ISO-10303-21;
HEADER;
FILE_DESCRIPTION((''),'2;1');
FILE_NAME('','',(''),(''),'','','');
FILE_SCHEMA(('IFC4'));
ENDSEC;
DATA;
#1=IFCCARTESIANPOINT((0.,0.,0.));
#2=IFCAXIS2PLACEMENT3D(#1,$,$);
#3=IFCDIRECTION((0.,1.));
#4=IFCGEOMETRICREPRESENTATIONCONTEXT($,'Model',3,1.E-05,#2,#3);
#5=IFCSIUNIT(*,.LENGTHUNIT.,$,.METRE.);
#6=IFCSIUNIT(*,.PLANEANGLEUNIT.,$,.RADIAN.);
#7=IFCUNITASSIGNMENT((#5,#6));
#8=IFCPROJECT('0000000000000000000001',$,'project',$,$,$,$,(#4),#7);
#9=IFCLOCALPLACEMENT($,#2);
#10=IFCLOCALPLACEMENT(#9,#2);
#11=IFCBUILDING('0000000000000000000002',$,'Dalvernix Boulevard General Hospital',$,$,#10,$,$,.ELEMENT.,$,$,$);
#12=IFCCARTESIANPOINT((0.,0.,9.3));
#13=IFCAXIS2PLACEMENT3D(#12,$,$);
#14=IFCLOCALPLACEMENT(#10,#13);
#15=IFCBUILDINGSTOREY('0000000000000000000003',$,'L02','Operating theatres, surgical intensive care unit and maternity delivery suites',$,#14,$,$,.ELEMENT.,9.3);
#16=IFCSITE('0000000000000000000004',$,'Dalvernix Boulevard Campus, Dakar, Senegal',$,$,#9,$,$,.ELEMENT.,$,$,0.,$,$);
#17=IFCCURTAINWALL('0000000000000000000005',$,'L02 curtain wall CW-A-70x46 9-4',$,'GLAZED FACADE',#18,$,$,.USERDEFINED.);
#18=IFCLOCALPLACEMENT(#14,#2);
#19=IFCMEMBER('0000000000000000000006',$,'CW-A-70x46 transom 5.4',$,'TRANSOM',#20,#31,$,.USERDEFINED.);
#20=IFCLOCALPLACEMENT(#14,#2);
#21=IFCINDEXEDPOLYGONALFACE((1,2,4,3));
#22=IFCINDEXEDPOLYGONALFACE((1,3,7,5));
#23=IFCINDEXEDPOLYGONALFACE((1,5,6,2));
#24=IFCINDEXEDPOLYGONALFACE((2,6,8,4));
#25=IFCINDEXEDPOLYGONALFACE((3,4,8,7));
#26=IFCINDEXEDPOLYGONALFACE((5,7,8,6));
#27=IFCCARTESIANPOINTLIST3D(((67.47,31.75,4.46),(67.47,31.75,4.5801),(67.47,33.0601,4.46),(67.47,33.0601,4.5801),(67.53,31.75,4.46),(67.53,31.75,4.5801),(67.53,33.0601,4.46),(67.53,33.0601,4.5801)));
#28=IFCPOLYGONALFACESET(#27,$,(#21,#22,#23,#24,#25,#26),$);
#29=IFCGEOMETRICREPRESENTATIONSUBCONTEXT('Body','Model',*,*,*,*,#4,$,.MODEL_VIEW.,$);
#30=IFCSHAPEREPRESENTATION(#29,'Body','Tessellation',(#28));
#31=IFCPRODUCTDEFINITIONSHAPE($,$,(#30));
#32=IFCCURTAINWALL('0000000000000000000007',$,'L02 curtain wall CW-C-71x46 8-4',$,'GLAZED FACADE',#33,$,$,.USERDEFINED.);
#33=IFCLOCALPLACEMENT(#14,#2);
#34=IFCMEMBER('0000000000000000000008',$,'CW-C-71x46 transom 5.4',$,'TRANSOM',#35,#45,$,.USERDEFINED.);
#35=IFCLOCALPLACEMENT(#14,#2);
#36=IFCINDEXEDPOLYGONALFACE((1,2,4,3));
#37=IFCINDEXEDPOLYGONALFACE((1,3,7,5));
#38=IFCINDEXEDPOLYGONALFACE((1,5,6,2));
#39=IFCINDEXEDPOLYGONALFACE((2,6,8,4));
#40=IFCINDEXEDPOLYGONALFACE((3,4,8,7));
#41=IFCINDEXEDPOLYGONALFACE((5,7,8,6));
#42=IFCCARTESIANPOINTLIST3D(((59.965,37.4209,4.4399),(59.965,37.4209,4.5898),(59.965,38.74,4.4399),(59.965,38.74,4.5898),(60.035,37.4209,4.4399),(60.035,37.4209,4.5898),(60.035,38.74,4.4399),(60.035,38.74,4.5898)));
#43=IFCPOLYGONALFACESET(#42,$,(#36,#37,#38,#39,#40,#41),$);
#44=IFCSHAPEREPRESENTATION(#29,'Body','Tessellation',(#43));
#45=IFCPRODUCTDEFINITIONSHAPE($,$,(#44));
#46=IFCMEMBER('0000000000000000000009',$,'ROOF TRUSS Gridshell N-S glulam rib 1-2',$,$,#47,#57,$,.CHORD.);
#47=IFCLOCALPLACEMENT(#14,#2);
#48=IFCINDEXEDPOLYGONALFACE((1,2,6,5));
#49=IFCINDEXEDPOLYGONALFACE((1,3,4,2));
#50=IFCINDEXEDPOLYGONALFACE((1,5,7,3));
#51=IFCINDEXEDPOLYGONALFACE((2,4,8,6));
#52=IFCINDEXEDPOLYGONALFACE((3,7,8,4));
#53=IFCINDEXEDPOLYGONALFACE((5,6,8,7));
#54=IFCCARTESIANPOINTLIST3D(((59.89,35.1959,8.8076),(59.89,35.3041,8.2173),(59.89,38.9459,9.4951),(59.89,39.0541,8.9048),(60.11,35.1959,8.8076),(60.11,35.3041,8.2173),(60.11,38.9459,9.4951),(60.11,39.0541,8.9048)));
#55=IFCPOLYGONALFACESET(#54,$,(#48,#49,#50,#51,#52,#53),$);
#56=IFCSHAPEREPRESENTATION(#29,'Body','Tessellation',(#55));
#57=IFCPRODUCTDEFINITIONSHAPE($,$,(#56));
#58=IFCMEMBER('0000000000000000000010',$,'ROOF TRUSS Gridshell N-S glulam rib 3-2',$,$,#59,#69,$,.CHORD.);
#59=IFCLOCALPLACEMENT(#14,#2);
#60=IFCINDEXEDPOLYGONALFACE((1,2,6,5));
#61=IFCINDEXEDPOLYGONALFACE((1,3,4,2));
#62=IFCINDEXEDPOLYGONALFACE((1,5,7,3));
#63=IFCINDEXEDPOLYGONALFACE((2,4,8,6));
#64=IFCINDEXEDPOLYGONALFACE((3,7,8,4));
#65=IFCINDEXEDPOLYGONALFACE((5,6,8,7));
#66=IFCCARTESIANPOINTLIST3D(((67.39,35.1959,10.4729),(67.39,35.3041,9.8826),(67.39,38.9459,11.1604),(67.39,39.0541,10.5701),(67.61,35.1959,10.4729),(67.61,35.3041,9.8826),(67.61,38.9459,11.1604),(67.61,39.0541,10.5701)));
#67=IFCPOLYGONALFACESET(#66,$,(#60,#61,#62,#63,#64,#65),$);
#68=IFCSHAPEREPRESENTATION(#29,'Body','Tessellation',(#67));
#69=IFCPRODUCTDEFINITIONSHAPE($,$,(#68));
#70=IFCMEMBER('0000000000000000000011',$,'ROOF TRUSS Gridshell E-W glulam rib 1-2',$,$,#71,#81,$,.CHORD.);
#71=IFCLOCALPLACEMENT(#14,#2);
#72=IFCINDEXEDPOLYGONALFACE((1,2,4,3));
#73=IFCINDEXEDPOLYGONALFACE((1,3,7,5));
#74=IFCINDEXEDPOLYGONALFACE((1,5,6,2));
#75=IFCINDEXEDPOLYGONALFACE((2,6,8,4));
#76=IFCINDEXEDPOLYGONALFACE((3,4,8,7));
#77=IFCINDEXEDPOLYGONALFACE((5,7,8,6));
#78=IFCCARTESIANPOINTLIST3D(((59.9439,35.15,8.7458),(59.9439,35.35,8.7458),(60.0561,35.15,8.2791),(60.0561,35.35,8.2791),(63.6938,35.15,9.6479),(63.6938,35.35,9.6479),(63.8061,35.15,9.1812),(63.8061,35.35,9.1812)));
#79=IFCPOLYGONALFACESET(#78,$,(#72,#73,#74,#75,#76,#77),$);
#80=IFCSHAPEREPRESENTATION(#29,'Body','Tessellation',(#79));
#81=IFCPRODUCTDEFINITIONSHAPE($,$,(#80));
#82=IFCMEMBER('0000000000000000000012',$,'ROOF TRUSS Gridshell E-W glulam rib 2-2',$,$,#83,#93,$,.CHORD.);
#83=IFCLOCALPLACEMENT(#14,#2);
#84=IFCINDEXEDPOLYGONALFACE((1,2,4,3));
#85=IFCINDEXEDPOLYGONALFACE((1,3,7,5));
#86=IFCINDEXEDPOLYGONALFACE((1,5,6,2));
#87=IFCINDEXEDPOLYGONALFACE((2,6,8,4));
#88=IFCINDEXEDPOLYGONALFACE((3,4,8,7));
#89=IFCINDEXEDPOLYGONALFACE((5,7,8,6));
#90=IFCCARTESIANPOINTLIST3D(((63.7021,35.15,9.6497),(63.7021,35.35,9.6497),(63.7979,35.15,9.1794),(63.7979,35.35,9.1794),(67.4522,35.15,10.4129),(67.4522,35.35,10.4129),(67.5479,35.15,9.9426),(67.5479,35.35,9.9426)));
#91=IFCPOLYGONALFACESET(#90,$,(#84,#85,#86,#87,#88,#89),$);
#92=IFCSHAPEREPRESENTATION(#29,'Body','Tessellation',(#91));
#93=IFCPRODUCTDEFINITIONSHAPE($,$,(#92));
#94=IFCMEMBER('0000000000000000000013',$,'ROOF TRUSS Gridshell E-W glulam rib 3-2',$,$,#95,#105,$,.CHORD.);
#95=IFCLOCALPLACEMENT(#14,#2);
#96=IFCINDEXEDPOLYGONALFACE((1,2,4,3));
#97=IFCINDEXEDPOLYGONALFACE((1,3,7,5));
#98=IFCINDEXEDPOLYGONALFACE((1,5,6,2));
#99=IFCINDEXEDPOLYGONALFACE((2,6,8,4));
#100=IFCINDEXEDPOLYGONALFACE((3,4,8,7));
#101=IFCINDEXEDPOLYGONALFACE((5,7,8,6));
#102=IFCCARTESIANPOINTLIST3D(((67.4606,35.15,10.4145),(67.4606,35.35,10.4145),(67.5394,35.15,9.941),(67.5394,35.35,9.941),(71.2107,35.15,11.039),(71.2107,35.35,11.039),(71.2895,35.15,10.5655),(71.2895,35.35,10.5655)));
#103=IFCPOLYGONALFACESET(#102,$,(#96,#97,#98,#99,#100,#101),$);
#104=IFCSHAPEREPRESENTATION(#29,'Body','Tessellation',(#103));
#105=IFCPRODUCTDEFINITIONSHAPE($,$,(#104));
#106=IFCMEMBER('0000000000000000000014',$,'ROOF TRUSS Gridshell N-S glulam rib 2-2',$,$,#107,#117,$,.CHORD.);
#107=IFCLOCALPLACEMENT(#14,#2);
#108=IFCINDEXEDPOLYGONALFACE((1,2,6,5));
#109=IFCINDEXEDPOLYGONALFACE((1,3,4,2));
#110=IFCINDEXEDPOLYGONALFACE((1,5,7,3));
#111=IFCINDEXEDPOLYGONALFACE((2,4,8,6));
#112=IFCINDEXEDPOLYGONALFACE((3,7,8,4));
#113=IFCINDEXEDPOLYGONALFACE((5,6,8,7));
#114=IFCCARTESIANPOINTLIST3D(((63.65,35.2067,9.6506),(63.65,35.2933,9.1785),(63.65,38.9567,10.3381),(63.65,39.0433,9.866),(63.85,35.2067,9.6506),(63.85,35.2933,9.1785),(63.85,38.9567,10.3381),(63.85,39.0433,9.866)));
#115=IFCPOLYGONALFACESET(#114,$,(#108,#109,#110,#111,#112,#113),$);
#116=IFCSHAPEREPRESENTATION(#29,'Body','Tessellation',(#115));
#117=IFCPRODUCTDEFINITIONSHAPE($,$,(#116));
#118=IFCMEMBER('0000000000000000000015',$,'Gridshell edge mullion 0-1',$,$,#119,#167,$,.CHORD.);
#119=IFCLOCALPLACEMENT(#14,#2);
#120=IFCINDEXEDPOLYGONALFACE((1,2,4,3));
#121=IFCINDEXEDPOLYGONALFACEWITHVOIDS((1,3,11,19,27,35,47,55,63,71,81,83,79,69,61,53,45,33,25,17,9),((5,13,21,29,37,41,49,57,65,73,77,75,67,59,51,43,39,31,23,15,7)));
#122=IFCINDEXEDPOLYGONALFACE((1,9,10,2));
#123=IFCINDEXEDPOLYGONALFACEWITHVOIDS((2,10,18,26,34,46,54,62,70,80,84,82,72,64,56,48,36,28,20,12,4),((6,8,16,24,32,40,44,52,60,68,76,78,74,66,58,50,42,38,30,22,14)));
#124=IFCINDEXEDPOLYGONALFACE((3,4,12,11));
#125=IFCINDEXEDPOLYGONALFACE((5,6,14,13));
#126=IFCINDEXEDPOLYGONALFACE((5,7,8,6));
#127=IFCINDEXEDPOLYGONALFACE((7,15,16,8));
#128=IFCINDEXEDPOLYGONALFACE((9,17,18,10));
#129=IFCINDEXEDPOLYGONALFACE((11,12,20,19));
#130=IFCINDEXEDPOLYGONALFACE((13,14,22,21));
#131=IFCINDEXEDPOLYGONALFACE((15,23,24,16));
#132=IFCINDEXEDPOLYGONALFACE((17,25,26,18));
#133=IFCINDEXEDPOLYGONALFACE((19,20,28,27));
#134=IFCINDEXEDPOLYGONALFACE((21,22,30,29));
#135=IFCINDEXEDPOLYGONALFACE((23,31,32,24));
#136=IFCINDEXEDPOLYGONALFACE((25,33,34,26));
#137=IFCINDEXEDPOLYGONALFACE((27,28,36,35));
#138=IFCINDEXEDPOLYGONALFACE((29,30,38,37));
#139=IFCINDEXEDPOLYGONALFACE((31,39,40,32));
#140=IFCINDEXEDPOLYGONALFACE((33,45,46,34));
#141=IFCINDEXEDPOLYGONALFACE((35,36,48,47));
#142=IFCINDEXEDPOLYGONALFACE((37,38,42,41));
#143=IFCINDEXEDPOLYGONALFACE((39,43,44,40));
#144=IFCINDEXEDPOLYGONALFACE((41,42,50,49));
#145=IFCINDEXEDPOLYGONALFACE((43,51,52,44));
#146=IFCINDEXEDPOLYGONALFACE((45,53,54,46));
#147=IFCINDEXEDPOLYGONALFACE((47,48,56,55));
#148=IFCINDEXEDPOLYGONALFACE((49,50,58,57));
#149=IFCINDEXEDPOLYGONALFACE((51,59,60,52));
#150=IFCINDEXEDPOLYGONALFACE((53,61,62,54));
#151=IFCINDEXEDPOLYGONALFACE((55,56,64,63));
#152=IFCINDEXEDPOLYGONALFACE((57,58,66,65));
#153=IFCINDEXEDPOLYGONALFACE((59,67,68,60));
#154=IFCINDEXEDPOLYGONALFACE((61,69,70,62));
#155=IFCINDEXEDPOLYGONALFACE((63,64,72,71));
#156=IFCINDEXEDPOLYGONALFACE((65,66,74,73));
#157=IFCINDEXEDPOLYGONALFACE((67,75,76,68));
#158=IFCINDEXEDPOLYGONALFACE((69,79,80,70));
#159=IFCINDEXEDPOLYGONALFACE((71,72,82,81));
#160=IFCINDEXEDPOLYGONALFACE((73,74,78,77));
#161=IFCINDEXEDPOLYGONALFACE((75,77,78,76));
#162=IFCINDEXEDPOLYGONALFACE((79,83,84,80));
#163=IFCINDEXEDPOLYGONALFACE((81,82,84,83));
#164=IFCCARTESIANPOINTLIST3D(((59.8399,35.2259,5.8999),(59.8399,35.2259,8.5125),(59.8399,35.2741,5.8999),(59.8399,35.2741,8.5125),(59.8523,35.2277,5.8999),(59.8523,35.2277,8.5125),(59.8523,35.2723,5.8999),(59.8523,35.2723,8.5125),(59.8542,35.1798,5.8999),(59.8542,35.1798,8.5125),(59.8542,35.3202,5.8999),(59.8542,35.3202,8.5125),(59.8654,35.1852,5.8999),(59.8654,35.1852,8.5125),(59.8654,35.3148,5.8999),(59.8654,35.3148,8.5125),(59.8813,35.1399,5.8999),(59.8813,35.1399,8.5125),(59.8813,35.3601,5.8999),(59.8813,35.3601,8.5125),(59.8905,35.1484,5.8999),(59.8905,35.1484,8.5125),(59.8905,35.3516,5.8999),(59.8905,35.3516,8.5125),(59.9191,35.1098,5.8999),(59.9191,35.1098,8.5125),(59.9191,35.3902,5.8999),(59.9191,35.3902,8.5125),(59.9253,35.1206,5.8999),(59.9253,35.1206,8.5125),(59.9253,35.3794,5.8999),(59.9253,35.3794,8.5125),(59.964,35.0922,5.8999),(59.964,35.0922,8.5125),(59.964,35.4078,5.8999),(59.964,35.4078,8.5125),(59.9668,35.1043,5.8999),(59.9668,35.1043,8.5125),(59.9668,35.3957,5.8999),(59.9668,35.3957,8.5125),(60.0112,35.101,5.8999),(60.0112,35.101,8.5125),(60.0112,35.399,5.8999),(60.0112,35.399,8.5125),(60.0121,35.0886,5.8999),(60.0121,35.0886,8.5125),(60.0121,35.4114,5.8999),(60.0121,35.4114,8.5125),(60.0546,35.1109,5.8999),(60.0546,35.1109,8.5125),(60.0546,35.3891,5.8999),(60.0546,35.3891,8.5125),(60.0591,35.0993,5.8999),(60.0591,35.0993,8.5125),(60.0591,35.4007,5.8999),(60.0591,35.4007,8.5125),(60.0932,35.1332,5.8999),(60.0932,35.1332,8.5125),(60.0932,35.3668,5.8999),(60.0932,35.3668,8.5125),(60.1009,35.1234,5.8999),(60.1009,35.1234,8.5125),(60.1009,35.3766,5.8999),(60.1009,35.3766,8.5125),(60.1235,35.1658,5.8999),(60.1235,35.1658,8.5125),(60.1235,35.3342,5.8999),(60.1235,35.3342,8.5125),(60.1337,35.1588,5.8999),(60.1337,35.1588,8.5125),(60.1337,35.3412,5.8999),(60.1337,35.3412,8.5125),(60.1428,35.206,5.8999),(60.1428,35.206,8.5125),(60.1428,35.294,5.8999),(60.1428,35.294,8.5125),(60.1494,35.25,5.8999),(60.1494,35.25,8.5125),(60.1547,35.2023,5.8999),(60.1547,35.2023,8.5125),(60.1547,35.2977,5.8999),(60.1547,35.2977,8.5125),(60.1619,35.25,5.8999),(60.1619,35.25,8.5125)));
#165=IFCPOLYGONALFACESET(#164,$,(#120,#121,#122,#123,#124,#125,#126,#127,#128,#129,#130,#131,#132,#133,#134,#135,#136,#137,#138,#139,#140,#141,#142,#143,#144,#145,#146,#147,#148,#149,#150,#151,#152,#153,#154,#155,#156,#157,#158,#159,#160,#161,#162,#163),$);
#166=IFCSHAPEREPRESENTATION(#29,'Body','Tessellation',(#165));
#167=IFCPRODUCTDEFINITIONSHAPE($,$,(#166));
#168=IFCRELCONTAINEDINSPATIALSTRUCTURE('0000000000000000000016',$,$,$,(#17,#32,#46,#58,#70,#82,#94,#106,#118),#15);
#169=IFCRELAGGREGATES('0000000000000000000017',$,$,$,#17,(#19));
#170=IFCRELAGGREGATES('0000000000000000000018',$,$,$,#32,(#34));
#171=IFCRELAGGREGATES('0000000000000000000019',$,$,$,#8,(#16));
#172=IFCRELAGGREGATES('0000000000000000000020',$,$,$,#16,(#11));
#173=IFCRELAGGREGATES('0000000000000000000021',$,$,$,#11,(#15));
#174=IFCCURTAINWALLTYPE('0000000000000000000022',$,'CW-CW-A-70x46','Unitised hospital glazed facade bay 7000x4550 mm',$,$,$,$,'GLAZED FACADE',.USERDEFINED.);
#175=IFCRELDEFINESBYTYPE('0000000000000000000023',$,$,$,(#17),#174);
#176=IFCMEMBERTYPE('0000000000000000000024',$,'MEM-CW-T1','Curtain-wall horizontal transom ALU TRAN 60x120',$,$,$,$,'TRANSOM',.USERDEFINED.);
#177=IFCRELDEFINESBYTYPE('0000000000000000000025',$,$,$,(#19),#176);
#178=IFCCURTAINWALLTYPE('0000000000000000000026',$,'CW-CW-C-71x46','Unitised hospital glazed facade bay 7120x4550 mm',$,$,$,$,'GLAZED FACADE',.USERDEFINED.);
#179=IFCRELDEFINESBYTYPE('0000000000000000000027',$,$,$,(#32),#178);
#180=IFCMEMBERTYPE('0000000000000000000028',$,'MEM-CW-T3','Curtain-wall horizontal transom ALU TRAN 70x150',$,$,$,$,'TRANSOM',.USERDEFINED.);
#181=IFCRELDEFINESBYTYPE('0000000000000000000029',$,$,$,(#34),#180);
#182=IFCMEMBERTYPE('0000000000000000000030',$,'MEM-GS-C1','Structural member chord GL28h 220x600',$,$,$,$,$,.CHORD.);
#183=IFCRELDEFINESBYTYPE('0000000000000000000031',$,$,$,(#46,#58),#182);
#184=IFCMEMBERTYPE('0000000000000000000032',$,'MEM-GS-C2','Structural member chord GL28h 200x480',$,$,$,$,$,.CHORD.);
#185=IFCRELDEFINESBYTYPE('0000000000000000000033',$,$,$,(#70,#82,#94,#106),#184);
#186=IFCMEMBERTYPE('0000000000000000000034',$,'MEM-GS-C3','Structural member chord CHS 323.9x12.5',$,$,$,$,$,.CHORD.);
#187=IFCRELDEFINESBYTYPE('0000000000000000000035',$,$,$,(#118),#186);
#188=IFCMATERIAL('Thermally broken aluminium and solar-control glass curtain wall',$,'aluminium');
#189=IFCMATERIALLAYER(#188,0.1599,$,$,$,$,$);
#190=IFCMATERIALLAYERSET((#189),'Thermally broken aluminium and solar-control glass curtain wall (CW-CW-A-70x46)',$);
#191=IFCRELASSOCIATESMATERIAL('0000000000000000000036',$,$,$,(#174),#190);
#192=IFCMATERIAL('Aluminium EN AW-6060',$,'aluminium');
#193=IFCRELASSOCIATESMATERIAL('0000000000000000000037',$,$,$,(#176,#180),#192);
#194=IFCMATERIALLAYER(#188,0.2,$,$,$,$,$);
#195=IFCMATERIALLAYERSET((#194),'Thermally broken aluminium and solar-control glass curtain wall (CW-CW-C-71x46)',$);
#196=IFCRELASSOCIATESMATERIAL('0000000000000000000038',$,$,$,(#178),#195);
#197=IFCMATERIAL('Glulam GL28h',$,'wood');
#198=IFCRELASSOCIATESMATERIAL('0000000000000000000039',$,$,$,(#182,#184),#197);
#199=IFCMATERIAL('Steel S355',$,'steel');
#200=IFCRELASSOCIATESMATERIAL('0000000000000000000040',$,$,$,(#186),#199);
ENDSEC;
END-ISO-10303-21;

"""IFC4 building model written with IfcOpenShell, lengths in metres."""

from ifc_helpers import new_model, si_unit, direction, frame, origin, origin_2d, place, context, subcontext, project, spatial, rectangle, hollow_circle, extrude, material, layer, layer_set, material_profile, profile_set, type_object, element, aggregate, save


model = new_model("IFC4")

# Units and contexts
model_context = context("Model", 3, precision=1e-05, world=origin(), true_north=direction((0.0, 1.0)))
body_context = subcontext(model_context, "Body", "Model", "MODEL_VIEW")
ifc_project = project(units=[si_unit("LENGTHUNIT", "METRE"), si_unit("PLANEANGLEUNIT", "RADIAN")], contexts=[model_context])

# Site, building, storey
site_placement = place(None, origin())
site = spatial("IfcSite", under=ifc_project, at=site_placement, Name="Dalvernix Boulevard Campus, Dakar, Senegal", CompositionType="ELEMENT", RefElevation=0.0)
building_placement = place(site_placement, origin())
building = spatial("IfcBuilding", under=site, at=building_placement, Name="Dalvernix Boulevard General Hospital", CompositionType="ELEMENT")
storey_placement = place(building_placement, frame((0.0, 0.0, 9.3)))
storey = spatial("IfcBuildingStorey", under=building, at=storey_placement, Name="L02", Description="Operating theatres, surgical intensive care unit and maternity delivery suites", CompositionType="ELEMENT", Elevation=9.3)

# Shared definitions
ifc_material_1 = material(Name="Steel S355", Category="steel")

# Curtain wall, member
ifc_material_2 = material(Name="Thermally broken aluminium and solar-control glass curtain wall", Category="aluminium")
ifc_layer_1 = layer(ifc_material_2, 0.1599)
ifc_layer_set_1 = layer_set([ifc_layer_1], Name="Thermally broken aluminium and solar-control glass curtain wall (CW-CW-A-70x46)")
curtain_wall_type_1 = type_object("IfcCurtainWallType", Name="CW-CW-A-70x46", Description="Unitised hospital glazed facade bay 7000x4550 mm", ElementType="GLAZED FACADE", PredefinedType="USERDEFINED", material=ifc_layer_set_1)
curtain_wall_1_placement = place(storey_placement, origin())
curtain_wall_1 = element("IfcCurtainWall", 1, at=curtain_wall_1_placement, inside=storey, type_object=curtain_wall_type_1, Name="L02 curtain wall CW-A-70x46 9-4", ObjectType="GLAZED FACADE", PredefinedType="USERDEFINED")
ifc_material_3 = material(Name="Aluminium EN AW-6060", Category="aluminium")
ifc_material_profile_1 = material_profile(ifc_material_3, rectangle(XDim=0.0601, YDim=0.1201, at=origin_2d()), Name="ALU TRAN 60x120")
ifc_profile_set_1 = profile_set([ifc_material_profile_1], Name="Aluminium EN AW-6060")
member_type_1 = type_object("IfcMemberType", Name="MEM-CW-T1", Description="Curtain-wall horizontal transom ALU TRAN 60x120", ElementType="TRANSOM", PredefinedType="USERDEFINED", material=ifc_profile_set_1)
member_1_placement = place(storey_placement, frame((67.5, 33.0601, 4.52), z_axis=(0.0, -1.0, 0.0), x_axis=(1.0, 0.0, 0.0)))
member_1 = element("IfcMember", 2, at=member_1_placement, type_object=member_type_1, Name="CW-A-70x46 transom 5.4", ObjectType="TRANSOM", PredefinedType="USERDEFINED", context=body_context, shape_type="SweptSolid", body=[
    extrude(rectangle(XDim=0.0601, YDim=0.1201, at=origin_2d()), origin(), (0.0, 0.0, 1.0), 1.3101),
])
aggregate(curtain_wall_1, [member_1])

# Curtain wall, member
ifc_layer_2 = layer(ifc_material_2, 0.2)
ifc_layer_set_2 = layer_set([ifc_layer_2], Name="Thermally broken aluminium and solar-control glass curtain wall (CW-CW-C-71x46)")
curtain_wall_type_2 = type_object("IfcCurtainWallType", Name="CW-CW-C-71x46", Description="Unitised hospital glazed facade bay 7120x4550 mm", ElementType="GLAZED FACADE", PredefinedType="USERDEFINED", material=ifc_layer_set_2)
curtain_wall_2_placement = place(storey_placement, origin())
curtain_wall_2 = element("IfcCurtainWall", 3, at=curtain_wall_2_placement, inside=storey, type_object=curtain_wall_type_2, Name="L02 curtain wall CW-C-71x46 8-4", ObjectType="GLAZED FACADE", PredefinedType="USERDEFINED")
ifc_material_profile_2 = material_profile(ifc_material_3, rectangle(XDim=0.0701, YDim=0.1499, at=origin_2d()), Name="ALU TRAN 70x150")
ifc_profile_set_2 = profile_set([ifc_material_profile_2], Name="Aluminium EN AW-6060")
member_type_2 = type_object("IfcMemberType", Name="MEM-CW-T3", Description="Curtain-wall horizontal transom ALU TRAN 70x150", ElementType="TRANSOM", PredefinedType="USERDEFINED", material=ifc_profile_set_2)
member_2_placement = place(storey_placement, frame((60.0, 37.4209, 4.5149), z_axis=(0.0, 1.0, 0.0), x_axis=(-1.0, 0.0, 0.0)))
member_2 = element("IfcMember", 4, at=member_2_placement, type_object=member_type_2, Name="CW-C-71x46 transom 5.4", ObjectType="TRANSOM", PredefinedType="USERDEFINED", context=body_context, shape_type="SweptSolid", body=[
    extrude(rectangle(XDim=0.0701, YDim=0.1499, at=origin_2d()), origin(), (0.0, 0.0, 1.0), 1.3191),
])
aggregate(curtain_wall_2, [member_2])

# Members
ifc_material_4 = material(Name="Glulam GL28h", Category="wood")
ifc_material_profile_3 = material_profile(ifc_material_4, rectangle(XDim=0.22, YDim=0.6001, at=origin_2d()), Name="GL28h 220x600")
ifc_profile_set_3 = profile_set([ifc_material_profile_3], Name="Glulam GL28h")
member_type_3 = type_object("IfcMemberType", Name="MEM-GS-C1", Description="Structural member chord GL28h 220x600", PredefinedType="CHORD", material=ifc_profile_set_3)
for number, where, z_axis, x_axis, name in (
    (5, (60.0, 35.25, 8.5125), (0.0, 0.983607, 0.180328), (-1.0, 0.0, 0.0), "ROOF TRUSS Gridshell N-S glulam rib 1-2"),
    (6, (67.5, 35.25, 10.1777), (0.0, 0.983607, 0.180328), (-1.0, 0.0, 0.0), "ROOF TRUSS Gridshell N-S glulam rib 3-2"),
):
    element("IfcMember", number, at=place(storey_placement, frame(where, z_axis=z_axis, x_axis=x_axis)), inside=storey, type_object=member_type_3, Name=name, PredefinedType="CHORD", context=body_context, shape_type="SweptSolid", body=[
        extrude(rectangle(XDim=0.22, YDim=0.6001, at=origin_2d()), origin(), (0.0, 0.0, 1.0), 3.8125),
    ])
ifc_material_profile_4 = material_profile(ifc_material_4, rectangle(XDim=0.2, YDim=0.48, at=origin_2d()), Name="GL28h 200x480")
ifc_profile_set_4 = profile_set([ifc_material_profile_4], Name="Glulam GL28h")
member_type_4 = type_object("IfcMemberType", Name="MEM-GS-C2", Description="Structural member chord GL28h 200x480", PredefinedType="CHORD", material=ifc_profile_set_4)
member_3_placement = place(storey_placement, frame((60.0, 35.25, 8.5125), z_axis=(0.972264, 0.0, 0.233888), x_axis=(0.0, 1.0, 0.0)))
element("IfcMember", 7, at=member_3_placement, inside=storey, type_object=member_type_4, Name="ROOF TRUSS Gridshell E-W glulam rib 1-2", PredefinedType="CHORD", context=body_context, shape_type="SweptSolid", body=[
    extrude(rectangle(XDim=0.2, YDim=0.48, at=origin_2d()), origin(), (0.0, 0.0, 1.0), 3.8569),
])
member_4_placement = place(storey_placement, frame((63.75, 35.25, 9.4146), z_axis=(0.979913, 0.0, 0.199428), x_axis=(0.0, 1.0, 0.0)))
element("IfcMember", 8, at=member_4_placement, inside=storey, type_object=member_type_4, Name="ROOF TRUSS Gridshell E-W glulam rib 2-2", PredefinedType="CHORD", context=body_context, shape_type="SweptSolid", body=[
    extrude(rectangle(XDim=0.2, YDim=0.48, at=origin_2d()), origin(), (0.0, 0.0, 1.0), 3.8269),
])
member_5_placement = place(storey_placement, frame((67.5, 35.25, 10.1777), z_axis=(0.986415, 0.0, 0.164274), x_axis=(0.0, 1.0, 0.0)))
element("IfcMember", 9, at=member_5_placement, inside=storey, type_object=member_type_4, Name="ROOF TRUSS Gridshell E-W glulam rib 3-2", PredefinedType="CHORD", context=body_context, shape_type="SweptSolid", body=[
    extrude(rectangle(XDim=0.2, YDim=0.48, at=origin_2d()), origin(), (0.0, 0.0, 1.0), 3.8018),
])
member_6_placement = place(storey_placement, frame((63.75, 35.25, 9.4146), z_axis=(0.0, 0.983607, 0.180328), x_axis=(-1.0, 0.0, 0.0)))
element("IfcMember", 10, at=member_6_placement, inside=storey, type_object=member_type_4, Name="ROOF TRUSS Gridshell N-S glulam rib 2-2", PredefinedType="CHORD", context=body_context, shape_type="SweptSolid", body=[
    extrude(rectangle(XDim=0.2, YDim=0.48, at=origin_2d()), origin(), (0.0, 0.0, 1.0), 3.8125),
])
ifc_material_profile_5 = material_profile(ifc_material_1, hollow_circle(Radius=0.1619, WallThickness=0.0125, at=origin_2d()), Name="CHS 323.9x12.5")
ifc_profile_set_5 = profile_set([ifc_material_profile_5], Name="Steel S355")
member_type_5 = type_object("IfcMemberType", Name="MEM-GS-C3", Description="Structural member chord CHS 323.9x12.5", PredefinedType="CHORD", material=ifc_profile_set_5)
member_7_placement = place(storey_placement, frame((60.0, 35.25, 5.8999), z_axis=(0.0, 0.0, 1.0), x_axis=(1.0, 0.0, 0.0)))
element("IfcMember", 11, at=member_7_placement, inside=storey, type_object=member_type_5, Name="Gridshell edge mullion 0-1", PredefinedType="CHORD", context=body_context, shape_type="SweptSolid", body=[
    extrude(hollow_circle(Radius=0.1619, WallThickness=0.0125, at=origin_2d()), origin(), (0.0, 0.0, 1.0), 2.6125),
])

save(model, "model.ifc")
